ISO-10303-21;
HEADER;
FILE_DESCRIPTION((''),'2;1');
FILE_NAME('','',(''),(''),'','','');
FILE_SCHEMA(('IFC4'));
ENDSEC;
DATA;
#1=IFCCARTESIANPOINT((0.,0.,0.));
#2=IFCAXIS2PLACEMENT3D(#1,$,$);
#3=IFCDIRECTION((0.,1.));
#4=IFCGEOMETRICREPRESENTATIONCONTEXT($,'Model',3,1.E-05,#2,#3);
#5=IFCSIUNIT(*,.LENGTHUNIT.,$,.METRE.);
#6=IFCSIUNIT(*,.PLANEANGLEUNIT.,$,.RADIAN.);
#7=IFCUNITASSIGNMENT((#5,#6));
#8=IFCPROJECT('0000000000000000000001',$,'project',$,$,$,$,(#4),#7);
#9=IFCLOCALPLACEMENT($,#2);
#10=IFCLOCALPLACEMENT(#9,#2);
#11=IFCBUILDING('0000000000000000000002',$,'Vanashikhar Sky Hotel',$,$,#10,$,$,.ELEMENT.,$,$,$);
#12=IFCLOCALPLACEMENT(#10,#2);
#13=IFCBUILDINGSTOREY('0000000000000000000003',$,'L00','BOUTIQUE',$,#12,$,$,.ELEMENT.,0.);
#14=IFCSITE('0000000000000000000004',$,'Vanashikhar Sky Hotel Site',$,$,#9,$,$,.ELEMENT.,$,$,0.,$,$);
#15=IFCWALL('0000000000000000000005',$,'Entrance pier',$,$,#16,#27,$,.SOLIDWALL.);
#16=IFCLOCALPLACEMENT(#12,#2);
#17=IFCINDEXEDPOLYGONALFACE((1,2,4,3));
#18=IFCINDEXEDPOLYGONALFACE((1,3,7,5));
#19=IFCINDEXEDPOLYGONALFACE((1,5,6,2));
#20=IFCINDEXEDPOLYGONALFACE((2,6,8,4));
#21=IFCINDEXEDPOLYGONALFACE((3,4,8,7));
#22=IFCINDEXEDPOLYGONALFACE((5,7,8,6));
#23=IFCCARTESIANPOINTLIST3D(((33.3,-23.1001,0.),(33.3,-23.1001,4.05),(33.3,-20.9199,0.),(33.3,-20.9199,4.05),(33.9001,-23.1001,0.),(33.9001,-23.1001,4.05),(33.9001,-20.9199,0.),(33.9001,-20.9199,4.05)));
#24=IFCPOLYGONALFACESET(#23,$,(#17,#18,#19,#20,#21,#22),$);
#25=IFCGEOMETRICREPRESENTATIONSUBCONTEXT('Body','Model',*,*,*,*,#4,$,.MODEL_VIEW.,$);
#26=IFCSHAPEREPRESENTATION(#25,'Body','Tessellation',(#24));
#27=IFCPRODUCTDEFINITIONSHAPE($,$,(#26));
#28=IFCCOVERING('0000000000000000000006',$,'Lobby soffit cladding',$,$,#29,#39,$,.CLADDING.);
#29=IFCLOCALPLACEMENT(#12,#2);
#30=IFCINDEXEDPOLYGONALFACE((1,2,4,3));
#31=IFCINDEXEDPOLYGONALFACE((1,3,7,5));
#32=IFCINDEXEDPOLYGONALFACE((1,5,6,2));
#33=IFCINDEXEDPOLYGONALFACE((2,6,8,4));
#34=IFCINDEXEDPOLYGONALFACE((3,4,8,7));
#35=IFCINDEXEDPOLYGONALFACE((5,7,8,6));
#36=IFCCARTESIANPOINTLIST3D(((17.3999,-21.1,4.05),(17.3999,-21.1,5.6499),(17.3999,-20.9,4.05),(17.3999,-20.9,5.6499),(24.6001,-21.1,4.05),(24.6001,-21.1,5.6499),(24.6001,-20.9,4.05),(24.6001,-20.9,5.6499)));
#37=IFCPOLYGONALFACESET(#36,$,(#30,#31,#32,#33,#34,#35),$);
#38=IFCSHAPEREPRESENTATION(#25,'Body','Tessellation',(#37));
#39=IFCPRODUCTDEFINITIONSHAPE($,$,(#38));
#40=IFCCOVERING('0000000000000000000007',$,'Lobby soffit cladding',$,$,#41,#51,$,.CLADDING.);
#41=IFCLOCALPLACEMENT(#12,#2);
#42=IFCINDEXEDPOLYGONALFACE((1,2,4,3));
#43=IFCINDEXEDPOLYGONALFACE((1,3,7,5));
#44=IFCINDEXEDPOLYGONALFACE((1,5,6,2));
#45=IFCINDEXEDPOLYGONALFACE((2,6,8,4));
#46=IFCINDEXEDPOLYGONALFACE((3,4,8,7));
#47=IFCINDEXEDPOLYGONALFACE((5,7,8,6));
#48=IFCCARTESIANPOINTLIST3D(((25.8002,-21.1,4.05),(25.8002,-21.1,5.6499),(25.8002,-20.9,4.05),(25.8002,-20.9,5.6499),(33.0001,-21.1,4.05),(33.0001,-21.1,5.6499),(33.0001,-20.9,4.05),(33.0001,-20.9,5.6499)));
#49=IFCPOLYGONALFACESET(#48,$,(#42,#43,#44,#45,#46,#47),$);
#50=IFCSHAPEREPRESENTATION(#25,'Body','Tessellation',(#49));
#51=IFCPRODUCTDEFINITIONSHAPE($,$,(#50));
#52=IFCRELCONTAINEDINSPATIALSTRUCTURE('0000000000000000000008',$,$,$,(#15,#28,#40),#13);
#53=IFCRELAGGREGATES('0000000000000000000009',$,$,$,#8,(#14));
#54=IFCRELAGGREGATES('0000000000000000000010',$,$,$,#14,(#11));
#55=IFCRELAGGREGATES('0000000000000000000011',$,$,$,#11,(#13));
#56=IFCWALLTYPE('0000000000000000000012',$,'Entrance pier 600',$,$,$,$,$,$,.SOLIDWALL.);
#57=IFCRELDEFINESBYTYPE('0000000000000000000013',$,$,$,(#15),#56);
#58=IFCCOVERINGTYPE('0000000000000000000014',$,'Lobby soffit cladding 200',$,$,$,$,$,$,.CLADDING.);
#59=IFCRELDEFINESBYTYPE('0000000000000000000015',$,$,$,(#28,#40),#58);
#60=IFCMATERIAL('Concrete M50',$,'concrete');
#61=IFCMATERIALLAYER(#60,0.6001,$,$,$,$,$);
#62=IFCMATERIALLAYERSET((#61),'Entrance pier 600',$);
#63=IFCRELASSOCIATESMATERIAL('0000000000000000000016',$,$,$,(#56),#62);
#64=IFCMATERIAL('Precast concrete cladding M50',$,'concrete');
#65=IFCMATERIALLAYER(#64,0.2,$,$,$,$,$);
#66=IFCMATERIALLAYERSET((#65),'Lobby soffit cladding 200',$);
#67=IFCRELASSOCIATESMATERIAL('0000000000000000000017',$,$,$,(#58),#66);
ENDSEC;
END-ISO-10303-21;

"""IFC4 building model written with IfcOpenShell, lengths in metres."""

from ifc_helpers import new_model, si_unit, direction, frame, frame_2d, origin, place, context, subcontext, project, spatial, rectangle, extrude, source, transform, mapped, material, layer, layer_set, type_object, element, save


model = new_model("IFC4")

# Units and contexts
model_context = context("Model", 3, precision=1e-05, world=origin(), true_north=direction((0.0, 1.0)))
body_context = subcontext(model_context, "Body", "Model", "MODEL_VIEW")
ifc_project = project(units=[si_unit("LENGTHUNIT", "METRE"), si_unit("PLANEANGLEUNIT", "RADIAN")], contexts=[model_context])

# Site, building, storey
site_placement = place(None, origin())
site = spatial("IfcSite", under=ifc_project, at=site_placement, Name="Vanashikhar Sky Hotel Site", CompositionType="ELEMENT", RefElevation=0.0)
building_placement = place(site_placement, origin())
building = spatial("IfcBuilding", under=site, at=building_placement, Name="Vanashikhar Sky Hotel", CompositionType="ELEMENT")
storey_placement = place(building_placement, origin())
storey = spatial("IfcBuildingStorey", under=building, at=storey_placement, Name="L00", Description="BOUTIQUE", CompositionType="ELEMENT", Elevation=0.0)

# Wall
ifc_material_1 = material(Name="Concrete M50", Category="concrete")
ifc_layer_1 = layer(ifc_material_1, 0.6001)
ifc_layer_set_1 = layer_set([ifc_layer_1], Name="Entrance pier 600")
wall_type = type_object("IfcWallType", Name="Entrance pier 600", PredefinedType="SOLIDWALL", material=ifc_layer_set_1)
shared_shape_1 = source(origin(), body_context, "Body", "SweptSolid", [
    extrude(rectangle(XDim=2.1802, YDim=0.6001, at=frame_2d((1.0901, 0.0))), origin(), (0.0, 0.0, 1.0), 4.05),
])
for number, where, z_axis, x_axis, name in (
    (1, (33.6001, -23.1001, 0.0), (0.0, 0.0, 1.0), (0.0, 1.0, 0.0), "Entrance pier"),
):
    element("IfcWall", number, at=place(storey_placement, frame(where, z_axis=z_axis, x_axis=x_axis)), inside=storey, type_object=wall_type, Name=name, PredefinedType="SOLIDWALL", context=body_context, shape_type="MappedRepresentation", body=[
        mapped(shared_shape_1, transform((0.0, 0.0, 0.0), scale=1.0)),
    ])

# Coverings
ifc_material_2 = material(Name="Precast concrete cladding M50", Category="concrete")
ifc_layer_2 = layer(ifc_material_2, 0.2)
ifc_layer_set_2 = layer_set([ifc_layer_2], Name="Lobby soffit cladding 200")
covering_type = type_object("IfcCoveringType", Name="Lobby soffit cladding 200", PredefinedType="CLADDING", material=ifc_layer_set_2)
shared_shape_2 = source(origin(), body_context, "Body", "SweptSolid", [
    extrude(rectangle(XDim=7.2002, YDim=0.2, at=frame_2d((3.6001, 0.0))), origin(), (0.0, 0.0, 1.0), 1.5999),
])
covering_1_placement = place(storey_placement, frame((17.3999, -21.0, 4.05), z_axis=(0.0, 0.0, 1.0), x_axis=(1.0, 0.0, 0.0)))
element("IfcCovering", 2, at=covering_1_placement, inside=storey, type_object=covering_type, Name="Lobby soffit cladding", PredefinedType="CLADDING", context=body_context, shape_type="MappedRepresentation", body=[
    mapped(shared_shape_2, transform((0.0, 0.0, 0.0), scale=1.0)),
])
shared_shape_3 = source(origin(), body_context, "Body", "SweptSolid", [
    extrude(rectangle(XDim=7.2, YDim=0.2, at=frame_2d((3.6001, 0.0))), origin(), (0.0, 0.0, 1.0), 1.5999),
])
covering_2_placement = place(storey_placement, frame((25.8, -21.0, 4.05), z_axis=(0.0, 0.0, 1.0), x_axis=(1.0, 0.0, 0.0)))
element("IfcCovering", 3, at=covering_2_placement, inside=storey, type_object=covering_type, Name="Lobby soffit cladding", PredefinedType="CLADDING", context=body_context, shape_type="MappedRepresentation", body=[
    mapped(shared_shape_3, transform((0.0, 0.0, 0.0), scale=1.0)),
])

save(model, "model.ifc")
